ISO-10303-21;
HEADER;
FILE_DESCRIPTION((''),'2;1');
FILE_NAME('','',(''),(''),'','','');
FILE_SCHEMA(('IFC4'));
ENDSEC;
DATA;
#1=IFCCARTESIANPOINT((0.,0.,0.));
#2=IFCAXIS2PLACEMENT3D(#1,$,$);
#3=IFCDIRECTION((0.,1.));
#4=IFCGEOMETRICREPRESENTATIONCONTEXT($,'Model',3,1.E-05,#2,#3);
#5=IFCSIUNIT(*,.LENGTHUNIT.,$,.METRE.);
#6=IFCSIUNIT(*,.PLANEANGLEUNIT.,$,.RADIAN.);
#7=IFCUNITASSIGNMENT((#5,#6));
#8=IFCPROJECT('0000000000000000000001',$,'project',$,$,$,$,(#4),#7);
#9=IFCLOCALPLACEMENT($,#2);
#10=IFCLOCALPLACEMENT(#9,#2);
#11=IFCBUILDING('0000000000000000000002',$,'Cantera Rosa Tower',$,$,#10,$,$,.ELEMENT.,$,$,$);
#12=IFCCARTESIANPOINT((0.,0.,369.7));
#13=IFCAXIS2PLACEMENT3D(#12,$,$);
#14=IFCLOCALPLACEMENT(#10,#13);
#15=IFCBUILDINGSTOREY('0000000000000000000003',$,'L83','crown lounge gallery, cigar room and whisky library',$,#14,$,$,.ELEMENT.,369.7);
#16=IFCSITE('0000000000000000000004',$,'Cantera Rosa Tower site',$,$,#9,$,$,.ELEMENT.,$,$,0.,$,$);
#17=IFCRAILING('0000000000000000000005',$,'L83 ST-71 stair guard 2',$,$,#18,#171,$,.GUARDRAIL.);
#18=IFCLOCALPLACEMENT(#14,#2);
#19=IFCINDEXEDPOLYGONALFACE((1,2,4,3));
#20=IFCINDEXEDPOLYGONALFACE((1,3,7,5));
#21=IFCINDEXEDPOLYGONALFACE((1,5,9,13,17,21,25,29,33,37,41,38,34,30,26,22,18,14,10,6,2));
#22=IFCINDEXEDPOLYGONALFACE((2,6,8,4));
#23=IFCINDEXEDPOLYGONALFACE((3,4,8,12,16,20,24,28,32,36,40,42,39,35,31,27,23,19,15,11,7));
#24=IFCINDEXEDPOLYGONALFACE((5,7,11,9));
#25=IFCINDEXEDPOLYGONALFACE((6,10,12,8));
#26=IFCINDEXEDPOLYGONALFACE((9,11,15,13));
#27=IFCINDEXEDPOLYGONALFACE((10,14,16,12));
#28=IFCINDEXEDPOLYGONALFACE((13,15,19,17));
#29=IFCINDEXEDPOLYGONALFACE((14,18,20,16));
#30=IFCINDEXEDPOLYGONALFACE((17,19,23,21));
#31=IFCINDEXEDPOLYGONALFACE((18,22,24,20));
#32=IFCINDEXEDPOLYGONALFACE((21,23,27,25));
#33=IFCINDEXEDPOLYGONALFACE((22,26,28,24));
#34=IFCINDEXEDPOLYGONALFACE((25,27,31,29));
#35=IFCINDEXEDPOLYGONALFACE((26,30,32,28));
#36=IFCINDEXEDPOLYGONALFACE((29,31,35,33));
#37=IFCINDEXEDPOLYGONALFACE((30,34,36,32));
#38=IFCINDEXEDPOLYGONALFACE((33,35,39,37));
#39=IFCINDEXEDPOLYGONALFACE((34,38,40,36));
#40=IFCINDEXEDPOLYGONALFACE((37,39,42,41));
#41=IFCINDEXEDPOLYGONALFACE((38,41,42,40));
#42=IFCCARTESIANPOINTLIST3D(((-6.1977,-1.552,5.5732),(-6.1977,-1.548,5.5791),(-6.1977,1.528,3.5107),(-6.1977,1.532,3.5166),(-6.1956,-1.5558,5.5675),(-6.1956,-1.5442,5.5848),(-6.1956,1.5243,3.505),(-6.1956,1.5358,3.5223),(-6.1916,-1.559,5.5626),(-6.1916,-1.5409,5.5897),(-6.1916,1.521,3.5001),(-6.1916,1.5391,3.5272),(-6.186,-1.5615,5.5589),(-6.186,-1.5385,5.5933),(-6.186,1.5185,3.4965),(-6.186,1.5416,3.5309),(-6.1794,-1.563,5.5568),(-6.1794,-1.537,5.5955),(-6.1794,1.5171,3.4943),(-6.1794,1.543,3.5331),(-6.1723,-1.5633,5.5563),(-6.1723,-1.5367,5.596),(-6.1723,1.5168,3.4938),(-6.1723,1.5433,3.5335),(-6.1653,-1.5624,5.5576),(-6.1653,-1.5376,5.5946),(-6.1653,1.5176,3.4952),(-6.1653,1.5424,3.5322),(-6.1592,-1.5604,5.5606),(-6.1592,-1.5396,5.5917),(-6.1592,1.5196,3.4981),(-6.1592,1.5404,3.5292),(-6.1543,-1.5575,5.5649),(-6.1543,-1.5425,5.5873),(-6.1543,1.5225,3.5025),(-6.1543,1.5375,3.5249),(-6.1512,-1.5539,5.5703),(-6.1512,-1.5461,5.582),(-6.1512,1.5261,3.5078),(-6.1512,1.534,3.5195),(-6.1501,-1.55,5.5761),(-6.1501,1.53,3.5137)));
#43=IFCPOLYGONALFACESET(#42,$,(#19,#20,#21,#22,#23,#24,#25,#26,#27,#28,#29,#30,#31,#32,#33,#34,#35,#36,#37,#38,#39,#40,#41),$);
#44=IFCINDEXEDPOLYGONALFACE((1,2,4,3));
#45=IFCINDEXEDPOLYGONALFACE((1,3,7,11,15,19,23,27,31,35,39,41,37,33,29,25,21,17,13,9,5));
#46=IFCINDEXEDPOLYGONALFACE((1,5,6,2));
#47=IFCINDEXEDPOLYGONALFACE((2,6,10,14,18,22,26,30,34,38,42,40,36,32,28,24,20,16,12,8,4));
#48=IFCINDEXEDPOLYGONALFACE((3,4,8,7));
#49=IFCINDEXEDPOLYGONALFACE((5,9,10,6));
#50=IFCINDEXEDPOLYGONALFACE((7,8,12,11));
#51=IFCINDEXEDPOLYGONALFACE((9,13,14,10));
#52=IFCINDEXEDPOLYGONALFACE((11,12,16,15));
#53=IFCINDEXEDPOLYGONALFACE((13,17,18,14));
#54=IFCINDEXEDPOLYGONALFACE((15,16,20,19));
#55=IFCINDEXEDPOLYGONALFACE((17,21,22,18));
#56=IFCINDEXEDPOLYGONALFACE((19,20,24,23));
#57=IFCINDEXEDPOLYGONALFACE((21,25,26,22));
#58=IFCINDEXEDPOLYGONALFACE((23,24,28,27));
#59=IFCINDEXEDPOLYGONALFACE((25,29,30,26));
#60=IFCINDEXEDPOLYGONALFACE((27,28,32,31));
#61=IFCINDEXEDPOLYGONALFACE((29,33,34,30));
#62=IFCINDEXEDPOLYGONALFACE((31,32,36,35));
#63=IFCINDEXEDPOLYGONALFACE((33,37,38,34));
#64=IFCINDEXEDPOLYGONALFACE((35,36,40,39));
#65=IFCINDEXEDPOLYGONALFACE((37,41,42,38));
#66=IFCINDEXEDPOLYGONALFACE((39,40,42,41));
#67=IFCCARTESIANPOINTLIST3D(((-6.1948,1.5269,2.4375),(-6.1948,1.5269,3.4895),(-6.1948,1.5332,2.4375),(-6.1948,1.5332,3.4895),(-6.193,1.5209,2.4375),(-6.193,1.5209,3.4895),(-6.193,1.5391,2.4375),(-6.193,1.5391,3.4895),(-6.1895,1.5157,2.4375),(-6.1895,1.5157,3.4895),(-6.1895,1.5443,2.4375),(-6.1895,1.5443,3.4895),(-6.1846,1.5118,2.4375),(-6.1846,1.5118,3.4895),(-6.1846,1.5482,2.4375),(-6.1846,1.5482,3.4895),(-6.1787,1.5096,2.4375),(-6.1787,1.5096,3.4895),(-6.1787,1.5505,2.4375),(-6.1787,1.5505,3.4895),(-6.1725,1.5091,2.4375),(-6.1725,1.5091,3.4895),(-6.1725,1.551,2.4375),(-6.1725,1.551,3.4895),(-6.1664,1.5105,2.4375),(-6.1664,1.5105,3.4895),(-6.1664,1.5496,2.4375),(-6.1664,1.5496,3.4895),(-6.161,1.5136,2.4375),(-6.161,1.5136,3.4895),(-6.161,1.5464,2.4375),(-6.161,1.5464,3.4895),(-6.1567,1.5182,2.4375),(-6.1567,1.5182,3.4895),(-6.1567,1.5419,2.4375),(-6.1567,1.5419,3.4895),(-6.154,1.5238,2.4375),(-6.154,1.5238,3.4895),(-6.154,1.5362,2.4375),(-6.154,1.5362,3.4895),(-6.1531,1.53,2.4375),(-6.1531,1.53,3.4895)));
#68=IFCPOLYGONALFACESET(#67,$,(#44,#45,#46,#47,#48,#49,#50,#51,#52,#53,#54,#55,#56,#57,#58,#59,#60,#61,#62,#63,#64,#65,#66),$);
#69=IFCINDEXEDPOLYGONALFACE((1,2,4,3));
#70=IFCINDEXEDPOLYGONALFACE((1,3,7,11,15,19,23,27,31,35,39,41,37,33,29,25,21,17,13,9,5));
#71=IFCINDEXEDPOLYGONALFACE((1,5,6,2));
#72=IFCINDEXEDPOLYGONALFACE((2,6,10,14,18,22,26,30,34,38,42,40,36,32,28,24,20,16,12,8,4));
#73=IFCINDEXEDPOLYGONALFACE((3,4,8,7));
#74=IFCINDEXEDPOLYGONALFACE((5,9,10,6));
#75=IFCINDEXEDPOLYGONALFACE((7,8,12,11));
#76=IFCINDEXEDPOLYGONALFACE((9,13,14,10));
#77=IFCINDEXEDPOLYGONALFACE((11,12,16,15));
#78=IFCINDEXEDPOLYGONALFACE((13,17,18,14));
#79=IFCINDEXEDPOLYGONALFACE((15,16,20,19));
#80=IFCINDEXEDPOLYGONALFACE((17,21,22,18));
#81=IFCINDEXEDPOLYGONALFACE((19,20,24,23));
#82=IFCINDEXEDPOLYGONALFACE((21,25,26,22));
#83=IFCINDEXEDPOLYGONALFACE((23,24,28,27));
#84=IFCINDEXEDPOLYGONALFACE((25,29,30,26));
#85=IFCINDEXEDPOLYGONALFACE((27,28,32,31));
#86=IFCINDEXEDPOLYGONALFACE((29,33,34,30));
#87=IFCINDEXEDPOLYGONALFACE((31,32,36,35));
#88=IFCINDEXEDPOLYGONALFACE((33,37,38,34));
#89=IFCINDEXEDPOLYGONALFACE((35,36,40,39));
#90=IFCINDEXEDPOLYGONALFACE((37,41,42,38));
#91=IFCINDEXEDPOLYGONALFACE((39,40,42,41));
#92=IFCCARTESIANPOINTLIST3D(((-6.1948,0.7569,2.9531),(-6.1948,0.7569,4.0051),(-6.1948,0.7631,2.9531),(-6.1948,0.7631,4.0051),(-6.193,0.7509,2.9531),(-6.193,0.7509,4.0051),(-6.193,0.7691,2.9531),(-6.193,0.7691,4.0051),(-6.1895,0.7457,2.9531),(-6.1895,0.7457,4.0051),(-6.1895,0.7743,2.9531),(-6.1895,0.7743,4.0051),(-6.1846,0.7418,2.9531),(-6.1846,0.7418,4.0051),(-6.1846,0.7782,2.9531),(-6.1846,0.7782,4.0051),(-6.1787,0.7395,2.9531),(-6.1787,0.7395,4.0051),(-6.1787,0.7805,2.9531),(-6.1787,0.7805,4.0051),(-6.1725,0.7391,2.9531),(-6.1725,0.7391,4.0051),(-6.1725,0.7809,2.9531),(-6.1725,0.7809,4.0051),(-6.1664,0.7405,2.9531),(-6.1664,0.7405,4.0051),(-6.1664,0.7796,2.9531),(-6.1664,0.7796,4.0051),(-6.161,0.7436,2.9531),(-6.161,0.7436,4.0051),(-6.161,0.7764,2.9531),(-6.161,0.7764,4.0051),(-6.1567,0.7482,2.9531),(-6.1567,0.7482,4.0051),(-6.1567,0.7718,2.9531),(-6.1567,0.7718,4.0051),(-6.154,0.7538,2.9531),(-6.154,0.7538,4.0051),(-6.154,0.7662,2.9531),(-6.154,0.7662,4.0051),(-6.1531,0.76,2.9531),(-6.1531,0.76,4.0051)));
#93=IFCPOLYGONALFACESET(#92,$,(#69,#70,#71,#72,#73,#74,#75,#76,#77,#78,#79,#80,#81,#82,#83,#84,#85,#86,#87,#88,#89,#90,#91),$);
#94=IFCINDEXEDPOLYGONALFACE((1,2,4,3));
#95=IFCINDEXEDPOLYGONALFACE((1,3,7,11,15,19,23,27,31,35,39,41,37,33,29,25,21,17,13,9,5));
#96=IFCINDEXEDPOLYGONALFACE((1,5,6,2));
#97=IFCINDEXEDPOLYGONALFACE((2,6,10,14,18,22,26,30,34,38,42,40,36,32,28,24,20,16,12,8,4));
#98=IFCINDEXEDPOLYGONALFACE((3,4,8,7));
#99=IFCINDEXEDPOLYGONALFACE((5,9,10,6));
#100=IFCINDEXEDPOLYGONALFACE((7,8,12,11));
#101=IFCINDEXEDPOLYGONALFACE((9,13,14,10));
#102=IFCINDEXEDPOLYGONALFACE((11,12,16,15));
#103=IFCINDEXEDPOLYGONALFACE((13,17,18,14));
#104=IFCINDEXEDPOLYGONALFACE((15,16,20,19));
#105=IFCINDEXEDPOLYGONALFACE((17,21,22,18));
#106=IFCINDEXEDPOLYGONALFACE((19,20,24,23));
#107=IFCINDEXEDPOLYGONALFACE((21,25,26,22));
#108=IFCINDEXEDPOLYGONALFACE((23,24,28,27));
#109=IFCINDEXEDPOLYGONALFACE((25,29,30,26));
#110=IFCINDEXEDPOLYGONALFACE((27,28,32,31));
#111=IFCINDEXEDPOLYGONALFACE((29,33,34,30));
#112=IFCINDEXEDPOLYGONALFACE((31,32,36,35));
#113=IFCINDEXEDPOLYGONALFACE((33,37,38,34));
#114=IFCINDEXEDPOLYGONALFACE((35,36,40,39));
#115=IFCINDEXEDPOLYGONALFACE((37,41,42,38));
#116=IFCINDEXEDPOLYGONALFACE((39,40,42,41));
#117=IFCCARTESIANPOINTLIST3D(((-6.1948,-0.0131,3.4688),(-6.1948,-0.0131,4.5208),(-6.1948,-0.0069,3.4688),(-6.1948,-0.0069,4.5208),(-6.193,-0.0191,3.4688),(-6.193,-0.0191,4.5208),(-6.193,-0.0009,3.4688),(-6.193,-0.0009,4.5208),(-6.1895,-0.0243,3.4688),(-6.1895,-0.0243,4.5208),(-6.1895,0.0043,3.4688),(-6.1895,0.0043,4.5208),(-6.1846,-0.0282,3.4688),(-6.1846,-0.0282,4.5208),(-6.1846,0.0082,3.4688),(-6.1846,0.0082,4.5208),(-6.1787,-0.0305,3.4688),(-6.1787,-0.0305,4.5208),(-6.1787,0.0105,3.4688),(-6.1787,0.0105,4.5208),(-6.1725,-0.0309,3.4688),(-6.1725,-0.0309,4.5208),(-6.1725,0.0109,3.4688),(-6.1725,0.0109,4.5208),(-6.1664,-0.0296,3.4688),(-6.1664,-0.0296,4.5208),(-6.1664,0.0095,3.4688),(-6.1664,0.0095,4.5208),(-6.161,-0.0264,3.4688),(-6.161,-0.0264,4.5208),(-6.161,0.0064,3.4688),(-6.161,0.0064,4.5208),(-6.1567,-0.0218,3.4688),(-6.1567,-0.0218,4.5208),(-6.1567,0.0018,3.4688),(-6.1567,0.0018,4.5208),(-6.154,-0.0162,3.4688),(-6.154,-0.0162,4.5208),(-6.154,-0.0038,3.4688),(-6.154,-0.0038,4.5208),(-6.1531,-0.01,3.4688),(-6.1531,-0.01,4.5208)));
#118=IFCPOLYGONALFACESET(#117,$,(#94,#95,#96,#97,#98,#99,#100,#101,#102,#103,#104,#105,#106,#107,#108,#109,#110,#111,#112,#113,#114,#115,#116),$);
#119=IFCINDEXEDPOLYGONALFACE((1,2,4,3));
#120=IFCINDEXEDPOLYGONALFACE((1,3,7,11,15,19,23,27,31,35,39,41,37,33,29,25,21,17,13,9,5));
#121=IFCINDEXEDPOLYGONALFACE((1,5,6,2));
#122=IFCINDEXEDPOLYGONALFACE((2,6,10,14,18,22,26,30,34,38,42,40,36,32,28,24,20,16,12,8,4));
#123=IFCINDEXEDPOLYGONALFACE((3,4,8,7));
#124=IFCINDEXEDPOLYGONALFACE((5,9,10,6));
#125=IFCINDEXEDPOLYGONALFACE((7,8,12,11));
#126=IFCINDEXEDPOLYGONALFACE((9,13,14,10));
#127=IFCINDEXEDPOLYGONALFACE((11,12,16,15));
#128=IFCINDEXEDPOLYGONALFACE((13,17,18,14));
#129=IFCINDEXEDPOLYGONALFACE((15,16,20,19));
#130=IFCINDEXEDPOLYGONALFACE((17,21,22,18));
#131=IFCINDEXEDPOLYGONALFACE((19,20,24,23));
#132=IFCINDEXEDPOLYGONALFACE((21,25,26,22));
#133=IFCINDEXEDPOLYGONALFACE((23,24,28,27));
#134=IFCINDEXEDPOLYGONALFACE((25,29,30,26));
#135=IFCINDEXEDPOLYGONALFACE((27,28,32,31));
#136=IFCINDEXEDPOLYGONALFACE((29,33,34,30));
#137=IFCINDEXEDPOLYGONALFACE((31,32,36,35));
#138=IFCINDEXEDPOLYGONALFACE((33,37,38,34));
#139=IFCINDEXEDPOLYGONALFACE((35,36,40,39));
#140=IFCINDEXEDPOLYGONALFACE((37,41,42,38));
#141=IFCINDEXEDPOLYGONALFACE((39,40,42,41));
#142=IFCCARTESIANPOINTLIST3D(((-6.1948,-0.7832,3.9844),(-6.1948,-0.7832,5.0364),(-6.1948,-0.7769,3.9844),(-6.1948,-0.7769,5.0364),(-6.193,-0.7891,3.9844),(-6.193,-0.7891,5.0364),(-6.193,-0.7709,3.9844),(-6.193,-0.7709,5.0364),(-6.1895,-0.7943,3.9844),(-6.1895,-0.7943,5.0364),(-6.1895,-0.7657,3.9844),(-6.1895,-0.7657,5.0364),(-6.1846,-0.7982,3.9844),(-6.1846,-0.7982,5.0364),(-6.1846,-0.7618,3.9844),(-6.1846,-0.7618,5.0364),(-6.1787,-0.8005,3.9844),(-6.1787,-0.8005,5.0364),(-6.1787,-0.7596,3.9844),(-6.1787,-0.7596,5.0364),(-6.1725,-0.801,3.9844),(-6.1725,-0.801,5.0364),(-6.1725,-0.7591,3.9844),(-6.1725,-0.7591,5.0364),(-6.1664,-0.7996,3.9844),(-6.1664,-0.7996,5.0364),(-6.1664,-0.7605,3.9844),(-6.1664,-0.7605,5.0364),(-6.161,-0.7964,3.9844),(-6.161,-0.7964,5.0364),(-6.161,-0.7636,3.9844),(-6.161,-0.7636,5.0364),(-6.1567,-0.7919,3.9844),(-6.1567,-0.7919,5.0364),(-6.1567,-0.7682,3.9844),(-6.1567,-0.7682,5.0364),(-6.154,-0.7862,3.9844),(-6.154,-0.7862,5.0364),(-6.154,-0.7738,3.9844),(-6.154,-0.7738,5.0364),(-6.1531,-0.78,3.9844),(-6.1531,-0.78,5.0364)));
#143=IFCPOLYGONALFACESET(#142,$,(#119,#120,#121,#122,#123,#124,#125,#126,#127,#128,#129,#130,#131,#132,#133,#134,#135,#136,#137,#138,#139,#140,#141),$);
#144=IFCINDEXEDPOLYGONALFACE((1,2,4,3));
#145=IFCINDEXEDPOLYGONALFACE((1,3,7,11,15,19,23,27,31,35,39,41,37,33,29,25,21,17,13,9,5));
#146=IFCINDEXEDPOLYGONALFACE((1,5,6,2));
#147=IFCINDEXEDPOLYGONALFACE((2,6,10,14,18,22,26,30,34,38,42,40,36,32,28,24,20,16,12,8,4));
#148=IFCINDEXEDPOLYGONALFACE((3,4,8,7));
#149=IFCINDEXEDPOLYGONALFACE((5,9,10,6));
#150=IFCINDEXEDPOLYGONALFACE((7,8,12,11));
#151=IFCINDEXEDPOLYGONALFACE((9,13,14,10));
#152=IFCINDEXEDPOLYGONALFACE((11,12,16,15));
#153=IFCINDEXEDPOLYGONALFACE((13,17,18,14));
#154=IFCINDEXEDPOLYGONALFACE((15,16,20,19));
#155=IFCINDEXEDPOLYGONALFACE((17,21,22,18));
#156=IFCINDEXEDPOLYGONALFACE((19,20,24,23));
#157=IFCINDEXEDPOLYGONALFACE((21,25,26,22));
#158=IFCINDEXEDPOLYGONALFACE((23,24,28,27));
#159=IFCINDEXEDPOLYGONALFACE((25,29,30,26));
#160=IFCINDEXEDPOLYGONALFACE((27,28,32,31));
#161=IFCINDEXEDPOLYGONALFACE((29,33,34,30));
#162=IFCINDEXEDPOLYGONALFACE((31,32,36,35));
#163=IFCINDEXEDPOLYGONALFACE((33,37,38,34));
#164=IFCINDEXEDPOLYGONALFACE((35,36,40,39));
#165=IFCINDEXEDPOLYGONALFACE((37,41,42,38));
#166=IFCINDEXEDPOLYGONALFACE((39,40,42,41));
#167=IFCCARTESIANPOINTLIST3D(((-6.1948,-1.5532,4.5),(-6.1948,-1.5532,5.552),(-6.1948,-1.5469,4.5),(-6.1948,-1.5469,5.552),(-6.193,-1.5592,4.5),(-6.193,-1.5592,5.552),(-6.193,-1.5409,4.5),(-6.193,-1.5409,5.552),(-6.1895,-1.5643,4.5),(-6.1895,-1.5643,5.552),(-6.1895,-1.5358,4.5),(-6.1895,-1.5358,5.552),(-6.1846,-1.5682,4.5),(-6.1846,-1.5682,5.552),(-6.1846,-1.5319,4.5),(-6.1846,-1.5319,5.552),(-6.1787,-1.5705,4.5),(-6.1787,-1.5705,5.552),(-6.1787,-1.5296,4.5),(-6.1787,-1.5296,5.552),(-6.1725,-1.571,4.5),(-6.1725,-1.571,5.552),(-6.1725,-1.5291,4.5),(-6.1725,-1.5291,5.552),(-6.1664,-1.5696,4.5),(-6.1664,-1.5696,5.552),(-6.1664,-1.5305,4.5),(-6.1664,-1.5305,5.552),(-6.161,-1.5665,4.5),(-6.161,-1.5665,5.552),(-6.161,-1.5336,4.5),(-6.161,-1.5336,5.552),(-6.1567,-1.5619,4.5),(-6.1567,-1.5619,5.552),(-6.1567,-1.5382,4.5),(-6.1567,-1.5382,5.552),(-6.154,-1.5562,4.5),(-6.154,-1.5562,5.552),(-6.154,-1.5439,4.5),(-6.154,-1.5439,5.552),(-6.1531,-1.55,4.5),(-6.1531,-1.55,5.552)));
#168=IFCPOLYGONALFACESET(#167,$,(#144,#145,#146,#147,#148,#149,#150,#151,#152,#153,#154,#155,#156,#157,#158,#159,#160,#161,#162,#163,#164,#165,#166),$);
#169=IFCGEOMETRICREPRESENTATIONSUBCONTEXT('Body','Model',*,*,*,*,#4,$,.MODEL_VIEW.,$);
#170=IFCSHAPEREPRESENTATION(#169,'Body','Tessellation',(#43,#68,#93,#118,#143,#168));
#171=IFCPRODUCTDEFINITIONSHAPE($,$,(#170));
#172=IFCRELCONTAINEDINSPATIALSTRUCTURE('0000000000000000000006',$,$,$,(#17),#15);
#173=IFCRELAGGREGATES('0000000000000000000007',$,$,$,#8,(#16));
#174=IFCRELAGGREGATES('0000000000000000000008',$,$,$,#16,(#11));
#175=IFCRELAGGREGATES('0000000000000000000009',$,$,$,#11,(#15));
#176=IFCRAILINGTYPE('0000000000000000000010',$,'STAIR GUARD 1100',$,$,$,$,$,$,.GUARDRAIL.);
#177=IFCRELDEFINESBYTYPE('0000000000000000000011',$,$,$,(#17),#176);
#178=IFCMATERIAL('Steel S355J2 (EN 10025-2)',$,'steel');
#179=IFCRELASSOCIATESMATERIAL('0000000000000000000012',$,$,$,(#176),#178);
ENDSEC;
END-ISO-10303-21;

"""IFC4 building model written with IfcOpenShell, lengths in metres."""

from ifc_helpers import new_model, si_unit, direction, frame, origin, origin_2d, place, context, subcontext, project, spatial, circle, extrude, material, type_object, element, save


model = new_model("IFC4")

# Units and contexts
model_context = context("Model", 3, precision=1e-05, world=origin(), true_north=direction((0.0, 1.0)))
body_context = subcontext(model_context, "Body", "Model", "MODEL_VIEW")
ifc_project = project(units=[si_unit("LENGTHUNIT", "METRE"), si_unit("PLANEANGLEUNIT", "RADIAN")], contexts=[model_context])

# Site, building, storey
site_placement = place(None, origin())
site = spatial("IfcSite", under=ifc_project, at=site_placement, Name="Cantera Rosa Tower site", CompositionType="ELEMENT", RefElevation=0.0)
building_placement = place(site_placement, origin())
building = spatial("IfcBuilding", under=site, at=building_placement, Name="Cantera Rosa Tower", CompositionType="ELEMENT")
storey_placement = place(building_placement, frame((0.0, 0.0, 369.7)))
storey = spatial("IfcBuildingStorey", under=building, at=storey_placement, Name="L83", Description="crown lounge gallery, cigar room and whisky library", CompositionType="ELEMENT", Elevation=369.7)

# Railing
ifc_material_1 = material(Name="Steel S355J2 (EN 10025-2)", Category="steel")
railing_type_1 = type_object("IfcRailingType", Name="STAIR GUARD 1100", PredefinedType="GUARDRAIL", material=ifc_material_1)
railing_1_placement = place(storey_placement, frame((-6.1741, 1.53, 2.4375)))
element("IfcRailing", 1, at=railing_1_placement, inside=storey, type_object=railing_type_1, Name="L83 ST-71 stair guard 2", PredefinedType="GUARDRAIL", context=body_context, shape_type="SweptSolid", body=[
    extrude(circle(Radius=0.0239, at=origin_2d()), frame((0.0, 0.0, 1.0762), z_axis=(0.0, -0.830914, 0.556401), x_axis=(1.0, 0.0, 0.0)), (0.0, 0.0, 1.0), 3.7068),
    extrude(circle(Radius=0.021, at=origin_2d()), origin(), (0.0, 0.0, 1.0), 1.052),
    extrude(circle(Radius=0.021, at=origin_2d()), frame((0.0, -0.77, 0.5156)), (0.0, 0.0, 1.0), 1.052),
    extrude(circle(Radius=0.021, at=origin_2d()), frame((0.0, -1.54, 1.0312)), (0.0, 0.0, 1.0), 1.052),
    extrude(circle(Radius=0.021, at=origin_2d()), frame((0.0, -2.3101, 1.5469)), (0.0, 0.0, 1.0), 1.052),
    extrude(circle(Radius=0.021, at=origin_2d()), frame((0.0, -3.0801, 2.0625)), (0.0, 0.0, 1.0), 1.052),
])

save(model, "model.ifc")
